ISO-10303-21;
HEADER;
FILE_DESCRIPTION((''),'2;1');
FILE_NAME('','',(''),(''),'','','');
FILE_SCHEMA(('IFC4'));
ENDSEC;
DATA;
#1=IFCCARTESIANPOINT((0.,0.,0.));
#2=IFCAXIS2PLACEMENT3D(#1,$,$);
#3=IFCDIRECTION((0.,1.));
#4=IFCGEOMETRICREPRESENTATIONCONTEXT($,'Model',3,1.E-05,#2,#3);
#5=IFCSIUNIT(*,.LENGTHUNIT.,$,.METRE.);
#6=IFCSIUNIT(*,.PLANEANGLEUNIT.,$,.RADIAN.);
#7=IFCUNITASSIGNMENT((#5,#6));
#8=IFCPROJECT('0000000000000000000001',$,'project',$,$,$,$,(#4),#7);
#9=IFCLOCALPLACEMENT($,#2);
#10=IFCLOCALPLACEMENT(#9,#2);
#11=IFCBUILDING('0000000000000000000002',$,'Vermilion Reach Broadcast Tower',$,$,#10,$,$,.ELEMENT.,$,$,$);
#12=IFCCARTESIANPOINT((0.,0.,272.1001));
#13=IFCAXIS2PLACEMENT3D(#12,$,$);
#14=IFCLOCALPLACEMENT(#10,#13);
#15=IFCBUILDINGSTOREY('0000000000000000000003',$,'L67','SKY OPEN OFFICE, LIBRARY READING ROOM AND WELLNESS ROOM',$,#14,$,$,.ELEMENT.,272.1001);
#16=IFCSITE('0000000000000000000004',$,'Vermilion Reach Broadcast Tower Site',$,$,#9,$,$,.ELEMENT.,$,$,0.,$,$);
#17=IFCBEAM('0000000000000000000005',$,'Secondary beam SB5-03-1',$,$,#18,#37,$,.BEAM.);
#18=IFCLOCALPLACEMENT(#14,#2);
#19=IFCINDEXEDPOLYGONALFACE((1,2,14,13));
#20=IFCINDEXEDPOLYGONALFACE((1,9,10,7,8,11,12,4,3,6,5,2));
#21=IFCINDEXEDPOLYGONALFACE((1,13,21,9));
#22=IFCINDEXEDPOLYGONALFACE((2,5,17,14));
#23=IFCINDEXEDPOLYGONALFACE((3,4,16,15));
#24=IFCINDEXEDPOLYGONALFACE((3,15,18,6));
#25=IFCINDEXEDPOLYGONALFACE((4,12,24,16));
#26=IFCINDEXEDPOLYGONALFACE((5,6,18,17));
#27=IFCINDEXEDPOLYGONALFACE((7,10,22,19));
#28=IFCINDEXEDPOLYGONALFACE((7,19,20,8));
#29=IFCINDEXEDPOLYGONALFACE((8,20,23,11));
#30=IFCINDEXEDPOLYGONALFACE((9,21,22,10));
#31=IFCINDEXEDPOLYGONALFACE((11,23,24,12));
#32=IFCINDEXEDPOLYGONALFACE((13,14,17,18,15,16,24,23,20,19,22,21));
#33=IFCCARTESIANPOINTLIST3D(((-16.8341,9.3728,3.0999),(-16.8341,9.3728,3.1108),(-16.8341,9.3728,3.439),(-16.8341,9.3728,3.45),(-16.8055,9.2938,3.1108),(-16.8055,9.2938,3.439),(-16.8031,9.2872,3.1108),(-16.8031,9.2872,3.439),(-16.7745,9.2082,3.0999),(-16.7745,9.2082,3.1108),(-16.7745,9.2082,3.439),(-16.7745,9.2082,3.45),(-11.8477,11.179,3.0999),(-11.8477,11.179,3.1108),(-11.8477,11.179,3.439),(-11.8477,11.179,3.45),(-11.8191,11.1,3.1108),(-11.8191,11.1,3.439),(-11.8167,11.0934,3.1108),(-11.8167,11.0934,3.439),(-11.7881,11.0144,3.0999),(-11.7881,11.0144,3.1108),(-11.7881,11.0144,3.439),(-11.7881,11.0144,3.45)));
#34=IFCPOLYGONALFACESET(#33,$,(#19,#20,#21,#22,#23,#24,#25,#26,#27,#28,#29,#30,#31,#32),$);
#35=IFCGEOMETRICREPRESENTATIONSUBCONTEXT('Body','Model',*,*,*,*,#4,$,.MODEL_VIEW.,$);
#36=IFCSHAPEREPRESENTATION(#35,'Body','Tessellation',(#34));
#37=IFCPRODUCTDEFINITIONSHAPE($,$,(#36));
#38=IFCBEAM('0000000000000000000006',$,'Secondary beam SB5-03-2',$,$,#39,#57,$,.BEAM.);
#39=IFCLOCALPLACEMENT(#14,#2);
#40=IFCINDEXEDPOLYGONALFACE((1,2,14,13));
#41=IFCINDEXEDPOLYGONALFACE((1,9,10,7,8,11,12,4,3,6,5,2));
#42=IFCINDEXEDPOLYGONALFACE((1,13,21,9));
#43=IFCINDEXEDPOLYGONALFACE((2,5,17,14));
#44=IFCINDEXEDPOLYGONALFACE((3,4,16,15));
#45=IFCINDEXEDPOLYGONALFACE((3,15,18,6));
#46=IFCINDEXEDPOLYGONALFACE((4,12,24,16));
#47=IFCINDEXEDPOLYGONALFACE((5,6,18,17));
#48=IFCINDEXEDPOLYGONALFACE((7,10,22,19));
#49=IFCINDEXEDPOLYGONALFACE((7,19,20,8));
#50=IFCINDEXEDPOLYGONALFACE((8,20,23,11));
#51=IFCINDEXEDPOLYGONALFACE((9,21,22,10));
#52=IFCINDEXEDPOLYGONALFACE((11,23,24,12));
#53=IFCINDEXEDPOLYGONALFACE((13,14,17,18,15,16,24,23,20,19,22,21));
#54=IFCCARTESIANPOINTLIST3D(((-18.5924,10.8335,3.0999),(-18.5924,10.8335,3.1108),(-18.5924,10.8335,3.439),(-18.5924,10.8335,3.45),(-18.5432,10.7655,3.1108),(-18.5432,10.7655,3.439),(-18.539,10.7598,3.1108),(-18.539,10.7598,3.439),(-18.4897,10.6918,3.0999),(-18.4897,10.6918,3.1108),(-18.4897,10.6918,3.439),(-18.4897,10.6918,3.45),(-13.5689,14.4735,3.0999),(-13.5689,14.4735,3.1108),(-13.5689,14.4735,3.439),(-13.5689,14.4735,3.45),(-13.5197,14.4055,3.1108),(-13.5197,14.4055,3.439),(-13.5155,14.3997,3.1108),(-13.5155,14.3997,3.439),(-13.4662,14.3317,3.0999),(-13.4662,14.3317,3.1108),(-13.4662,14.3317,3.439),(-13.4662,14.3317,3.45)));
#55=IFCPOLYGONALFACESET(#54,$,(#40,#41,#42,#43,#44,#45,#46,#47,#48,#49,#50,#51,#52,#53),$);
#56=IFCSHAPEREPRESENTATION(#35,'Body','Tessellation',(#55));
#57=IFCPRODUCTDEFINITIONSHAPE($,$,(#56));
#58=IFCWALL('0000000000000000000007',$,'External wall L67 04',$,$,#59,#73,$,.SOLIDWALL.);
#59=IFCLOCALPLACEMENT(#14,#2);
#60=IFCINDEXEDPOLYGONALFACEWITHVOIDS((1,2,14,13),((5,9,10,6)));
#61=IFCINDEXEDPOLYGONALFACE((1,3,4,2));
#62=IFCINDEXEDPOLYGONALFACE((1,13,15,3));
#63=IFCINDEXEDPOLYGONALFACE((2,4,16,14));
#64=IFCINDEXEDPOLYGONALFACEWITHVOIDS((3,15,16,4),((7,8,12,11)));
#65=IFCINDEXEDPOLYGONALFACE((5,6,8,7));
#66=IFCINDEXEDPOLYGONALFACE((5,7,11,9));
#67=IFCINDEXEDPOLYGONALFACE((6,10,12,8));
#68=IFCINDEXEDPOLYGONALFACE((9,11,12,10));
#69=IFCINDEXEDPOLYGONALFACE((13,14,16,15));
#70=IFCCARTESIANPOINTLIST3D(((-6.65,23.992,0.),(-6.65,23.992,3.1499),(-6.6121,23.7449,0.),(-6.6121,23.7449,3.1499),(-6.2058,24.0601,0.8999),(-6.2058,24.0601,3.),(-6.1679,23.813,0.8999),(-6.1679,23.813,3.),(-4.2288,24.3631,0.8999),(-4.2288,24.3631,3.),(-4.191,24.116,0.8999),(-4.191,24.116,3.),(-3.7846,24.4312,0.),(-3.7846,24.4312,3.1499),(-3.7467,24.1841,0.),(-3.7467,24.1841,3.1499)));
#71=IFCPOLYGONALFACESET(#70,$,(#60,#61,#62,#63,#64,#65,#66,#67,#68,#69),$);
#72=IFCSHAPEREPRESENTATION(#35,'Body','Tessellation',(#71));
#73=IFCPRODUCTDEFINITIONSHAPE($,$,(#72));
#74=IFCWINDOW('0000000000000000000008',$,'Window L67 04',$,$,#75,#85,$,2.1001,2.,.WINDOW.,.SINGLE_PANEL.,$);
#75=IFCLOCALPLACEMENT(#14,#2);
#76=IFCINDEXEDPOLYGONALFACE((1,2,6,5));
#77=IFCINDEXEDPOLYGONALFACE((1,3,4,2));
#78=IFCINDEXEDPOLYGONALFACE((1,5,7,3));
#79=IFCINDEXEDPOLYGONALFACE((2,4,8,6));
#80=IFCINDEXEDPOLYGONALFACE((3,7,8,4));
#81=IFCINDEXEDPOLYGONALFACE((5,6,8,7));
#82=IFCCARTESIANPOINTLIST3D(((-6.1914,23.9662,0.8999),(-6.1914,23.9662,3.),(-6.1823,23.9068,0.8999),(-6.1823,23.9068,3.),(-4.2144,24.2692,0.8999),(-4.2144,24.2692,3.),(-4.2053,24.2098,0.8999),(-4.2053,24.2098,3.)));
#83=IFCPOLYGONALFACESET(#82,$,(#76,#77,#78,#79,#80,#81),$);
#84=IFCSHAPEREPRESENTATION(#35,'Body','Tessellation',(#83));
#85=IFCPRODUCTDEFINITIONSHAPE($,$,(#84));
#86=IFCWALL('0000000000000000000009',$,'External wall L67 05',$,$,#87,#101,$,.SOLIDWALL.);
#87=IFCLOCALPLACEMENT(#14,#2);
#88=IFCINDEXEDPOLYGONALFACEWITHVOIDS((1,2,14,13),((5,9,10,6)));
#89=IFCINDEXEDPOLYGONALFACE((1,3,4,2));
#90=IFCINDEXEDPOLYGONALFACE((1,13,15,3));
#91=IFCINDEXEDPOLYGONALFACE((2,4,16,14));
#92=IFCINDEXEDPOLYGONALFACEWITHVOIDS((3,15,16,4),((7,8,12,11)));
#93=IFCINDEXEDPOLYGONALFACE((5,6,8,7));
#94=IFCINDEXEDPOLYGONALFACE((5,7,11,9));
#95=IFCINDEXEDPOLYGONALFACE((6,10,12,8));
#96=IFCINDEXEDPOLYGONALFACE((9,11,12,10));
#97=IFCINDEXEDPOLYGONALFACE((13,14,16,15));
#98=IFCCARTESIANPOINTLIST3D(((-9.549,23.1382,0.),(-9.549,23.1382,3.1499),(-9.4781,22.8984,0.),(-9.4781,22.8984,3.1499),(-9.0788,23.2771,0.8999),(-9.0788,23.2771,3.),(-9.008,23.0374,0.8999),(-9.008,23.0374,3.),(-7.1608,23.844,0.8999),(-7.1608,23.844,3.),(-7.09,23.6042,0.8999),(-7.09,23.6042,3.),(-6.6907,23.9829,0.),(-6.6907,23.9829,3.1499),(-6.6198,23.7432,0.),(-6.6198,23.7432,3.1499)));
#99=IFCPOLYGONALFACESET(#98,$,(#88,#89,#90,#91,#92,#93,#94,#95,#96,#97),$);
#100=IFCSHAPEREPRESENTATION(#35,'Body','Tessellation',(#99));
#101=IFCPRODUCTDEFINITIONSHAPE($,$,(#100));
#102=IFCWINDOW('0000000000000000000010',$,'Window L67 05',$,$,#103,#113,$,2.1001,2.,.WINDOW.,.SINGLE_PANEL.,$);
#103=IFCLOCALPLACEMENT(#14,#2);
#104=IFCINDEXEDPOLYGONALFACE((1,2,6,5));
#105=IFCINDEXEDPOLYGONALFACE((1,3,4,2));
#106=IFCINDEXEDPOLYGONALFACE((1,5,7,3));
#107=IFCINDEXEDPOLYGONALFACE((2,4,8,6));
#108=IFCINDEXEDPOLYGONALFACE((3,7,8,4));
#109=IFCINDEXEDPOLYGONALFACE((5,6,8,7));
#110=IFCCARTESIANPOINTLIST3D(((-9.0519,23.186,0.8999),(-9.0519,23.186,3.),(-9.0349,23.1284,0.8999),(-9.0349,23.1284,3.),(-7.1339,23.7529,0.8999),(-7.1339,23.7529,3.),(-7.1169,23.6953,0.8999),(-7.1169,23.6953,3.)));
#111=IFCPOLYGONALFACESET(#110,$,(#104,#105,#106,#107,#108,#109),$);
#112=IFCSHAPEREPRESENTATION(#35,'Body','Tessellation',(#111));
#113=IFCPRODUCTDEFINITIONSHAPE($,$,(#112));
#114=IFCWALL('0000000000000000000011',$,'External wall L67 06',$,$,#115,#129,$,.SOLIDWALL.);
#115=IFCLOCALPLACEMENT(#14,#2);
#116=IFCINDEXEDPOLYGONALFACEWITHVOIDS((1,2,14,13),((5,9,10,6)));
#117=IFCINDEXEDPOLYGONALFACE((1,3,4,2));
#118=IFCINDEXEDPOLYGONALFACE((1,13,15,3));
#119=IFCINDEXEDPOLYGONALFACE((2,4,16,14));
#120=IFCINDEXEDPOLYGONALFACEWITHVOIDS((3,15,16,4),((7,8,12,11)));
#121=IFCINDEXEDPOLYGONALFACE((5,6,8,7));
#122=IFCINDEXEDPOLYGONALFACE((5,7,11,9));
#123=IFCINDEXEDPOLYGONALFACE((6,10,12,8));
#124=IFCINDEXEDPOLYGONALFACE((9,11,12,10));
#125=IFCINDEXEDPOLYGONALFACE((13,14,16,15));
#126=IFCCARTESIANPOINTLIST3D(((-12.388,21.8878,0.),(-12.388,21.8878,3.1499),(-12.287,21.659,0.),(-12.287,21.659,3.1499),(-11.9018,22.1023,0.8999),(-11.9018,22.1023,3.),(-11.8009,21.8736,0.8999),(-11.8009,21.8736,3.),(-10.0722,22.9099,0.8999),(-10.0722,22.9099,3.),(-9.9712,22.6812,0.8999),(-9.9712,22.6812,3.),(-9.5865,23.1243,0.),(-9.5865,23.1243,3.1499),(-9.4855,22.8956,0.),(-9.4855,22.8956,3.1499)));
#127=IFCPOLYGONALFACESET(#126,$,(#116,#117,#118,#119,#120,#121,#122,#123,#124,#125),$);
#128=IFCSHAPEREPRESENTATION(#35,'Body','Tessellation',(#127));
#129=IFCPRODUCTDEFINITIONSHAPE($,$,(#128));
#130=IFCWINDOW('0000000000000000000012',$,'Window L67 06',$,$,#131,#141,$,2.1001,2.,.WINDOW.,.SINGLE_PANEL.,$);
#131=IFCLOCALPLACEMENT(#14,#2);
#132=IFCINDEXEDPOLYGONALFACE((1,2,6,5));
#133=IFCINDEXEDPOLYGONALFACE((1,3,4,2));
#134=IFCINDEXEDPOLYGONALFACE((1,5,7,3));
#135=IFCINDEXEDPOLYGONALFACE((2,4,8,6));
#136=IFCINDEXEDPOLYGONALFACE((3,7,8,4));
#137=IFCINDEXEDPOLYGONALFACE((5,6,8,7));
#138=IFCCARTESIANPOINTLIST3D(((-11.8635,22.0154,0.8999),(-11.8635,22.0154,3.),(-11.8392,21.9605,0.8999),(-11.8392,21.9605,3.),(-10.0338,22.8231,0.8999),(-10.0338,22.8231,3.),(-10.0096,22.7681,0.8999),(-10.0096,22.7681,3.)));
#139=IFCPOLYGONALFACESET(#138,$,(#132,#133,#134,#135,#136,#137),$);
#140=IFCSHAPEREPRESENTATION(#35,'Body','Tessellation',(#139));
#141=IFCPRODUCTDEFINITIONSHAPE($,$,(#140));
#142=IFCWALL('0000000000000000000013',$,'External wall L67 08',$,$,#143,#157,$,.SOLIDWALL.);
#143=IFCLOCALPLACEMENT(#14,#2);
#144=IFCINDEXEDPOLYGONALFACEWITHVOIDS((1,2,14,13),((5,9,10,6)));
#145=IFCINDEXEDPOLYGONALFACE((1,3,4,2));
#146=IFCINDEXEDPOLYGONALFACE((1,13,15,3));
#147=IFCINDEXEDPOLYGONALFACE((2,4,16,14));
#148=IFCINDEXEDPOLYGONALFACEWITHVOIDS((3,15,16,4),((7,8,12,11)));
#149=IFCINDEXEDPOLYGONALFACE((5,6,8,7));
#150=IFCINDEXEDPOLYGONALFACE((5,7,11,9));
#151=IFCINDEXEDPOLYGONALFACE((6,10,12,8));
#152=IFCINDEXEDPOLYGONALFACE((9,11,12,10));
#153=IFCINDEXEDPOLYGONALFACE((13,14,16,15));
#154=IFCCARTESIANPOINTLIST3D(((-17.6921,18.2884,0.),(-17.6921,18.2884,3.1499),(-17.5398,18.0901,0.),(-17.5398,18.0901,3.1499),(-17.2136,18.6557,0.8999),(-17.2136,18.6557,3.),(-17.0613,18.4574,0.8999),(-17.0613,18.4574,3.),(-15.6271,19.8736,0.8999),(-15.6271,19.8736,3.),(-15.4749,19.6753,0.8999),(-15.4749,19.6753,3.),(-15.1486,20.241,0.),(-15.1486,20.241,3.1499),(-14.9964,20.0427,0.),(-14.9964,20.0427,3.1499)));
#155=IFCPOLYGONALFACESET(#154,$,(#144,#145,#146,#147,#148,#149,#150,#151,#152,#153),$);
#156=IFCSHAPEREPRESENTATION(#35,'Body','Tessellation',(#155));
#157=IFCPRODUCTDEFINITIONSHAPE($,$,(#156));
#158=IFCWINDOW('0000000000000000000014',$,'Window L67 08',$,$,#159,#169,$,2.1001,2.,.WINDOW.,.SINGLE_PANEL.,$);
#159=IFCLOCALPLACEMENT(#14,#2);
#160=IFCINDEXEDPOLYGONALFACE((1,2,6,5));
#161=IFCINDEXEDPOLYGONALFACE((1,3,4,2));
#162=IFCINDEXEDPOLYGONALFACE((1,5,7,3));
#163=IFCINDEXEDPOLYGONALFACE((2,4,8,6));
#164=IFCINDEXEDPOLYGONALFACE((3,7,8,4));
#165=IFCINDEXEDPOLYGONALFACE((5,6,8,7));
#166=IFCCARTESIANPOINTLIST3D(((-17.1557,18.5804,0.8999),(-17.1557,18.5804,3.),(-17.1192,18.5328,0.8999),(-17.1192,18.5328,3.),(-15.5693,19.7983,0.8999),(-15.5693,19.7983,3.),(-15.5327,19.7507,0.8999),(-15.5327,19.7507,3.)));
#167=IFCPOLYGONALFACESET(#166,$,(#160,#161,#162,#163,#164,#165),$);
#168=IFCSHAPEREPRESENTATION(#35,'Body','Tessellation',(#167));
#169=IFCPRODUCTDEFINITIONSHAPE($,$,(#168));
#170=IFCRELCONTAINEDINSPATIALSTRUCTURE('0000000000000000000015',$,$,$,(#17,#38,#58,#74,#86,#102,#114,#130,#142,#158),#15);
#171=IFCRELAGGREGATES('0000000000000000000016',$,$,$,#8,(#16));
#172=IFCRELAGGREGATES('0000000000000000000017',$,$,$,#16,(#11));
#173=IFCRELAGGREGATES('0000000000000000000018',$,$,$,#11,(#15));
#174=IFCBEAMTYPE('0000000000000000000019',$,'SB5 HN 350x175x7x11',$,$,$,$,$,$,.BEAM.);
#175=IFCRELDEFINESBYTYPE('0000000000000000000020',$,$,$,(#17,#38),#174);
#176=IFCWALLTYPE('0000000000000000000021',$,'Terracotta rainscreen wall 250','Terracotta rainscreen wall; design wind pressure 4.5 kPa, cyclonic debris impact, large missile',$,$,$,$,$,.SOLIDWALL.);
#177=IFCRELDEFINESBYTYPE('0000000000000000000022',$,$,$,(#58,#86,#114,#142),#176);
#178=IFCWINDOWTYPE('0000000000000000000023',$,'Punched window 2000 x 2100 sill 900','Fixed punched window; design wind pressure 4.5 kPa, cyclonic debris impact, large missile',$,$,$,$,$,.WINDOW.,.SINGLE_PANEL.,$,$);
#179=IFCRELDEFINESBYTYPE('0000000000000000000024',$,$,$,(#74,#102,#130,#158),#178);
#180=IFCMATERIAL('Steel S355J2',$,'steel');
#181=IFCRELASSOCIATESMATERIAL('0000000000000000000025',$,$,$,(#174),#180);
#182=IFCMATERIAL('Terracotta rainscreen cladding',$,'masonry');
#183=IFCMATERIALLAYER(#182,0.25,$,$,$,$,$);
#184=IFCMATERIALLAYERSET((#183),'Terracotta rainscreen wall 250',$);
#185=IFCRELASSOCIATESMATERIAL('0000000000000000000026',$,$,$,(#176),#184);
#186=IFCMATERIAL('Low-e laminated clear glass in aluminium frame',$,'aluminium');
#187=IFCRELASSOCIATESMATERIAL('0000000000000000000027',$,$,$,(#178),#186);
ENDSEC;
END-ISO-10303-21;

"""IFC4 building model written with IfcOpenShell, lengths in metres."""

from ifc_helpers import new_model, si_unit, direction, frame, frame_2d, origin, origin_2d, place, context, subcontext, project, spatial, rectangle, i_section, extrude, material, layer, layer_set, material_profile, profile_set, type_object, element, fill, save


model = new_model("IFC4")

# Units and contexts
model_context = context("Model", 3, precision=1e-05, world=origin(), true_north=direction((0.0, 1.0)))
body_context = subcontext(model_context, "Body", "Model", "MODEL_VIEW")
ifc_project = project(units=[si_unit("LENGTHUNIT", "METRE"), si_unit("PLANEANGLEUNIT", "RADIAN")], contexts=[model_context])

# Site, building, storey
site_placement = place(None, origin())
site = spatial("IfcSite", under=ifc_project, at=site_placement, Name="Vermilion Reach Broadcast Tower Site", CompositionType="ELEMENT", RefElevation=0.0)
building_placement = place(site_placement, origin())
building = spatial("IfcBuilding", under=site, at=building_placement, Name="Vermilion Reach Broadcast Tower", CompositionType="ELEMENT")
storey_placement = place(building_placement, frame((0.0, 0.0, 272.1001)))
storey = spatial("IfcBuildingStorey", under=building, at=storey_placement, Name="L67", Description="SKY OPEN OFFICE, LIBRARY READING ROOM AND WELLNESS ROOM", CompositionType="ELEMENT", Elevation=272.1001)

# Beams
ifc_material_1 = material(Name="Steel S355J2", Category="steel")
ifc_material_profile_1 = material_profile(ifc_material_1, i_section(OverallWidth=0.175, OverallDepth=0.3501, WebThickness=0.0071, FlangeThickness=0.011, at=origin_2d()), Name="S355J2 HN 350x175x7x11")
ifc_profile_set_1 = profile_set([ifc_material_profile_1], Name="Steel S355J2")
beam_type_1 = type_object("IfcBeamType", Name="SB5 HN 350x175x7x11", PredefinedType="BEAM", material=ifc_profile_set_1)
beam_1_placement = place(storey_placement, frame((-11.8179, 11.0967, 3.2749), z_axis=(-0.94022, -0.340567, 0.0), x_axis=(0.340567, -0.94022, 0.0)))
element("IfcBeam", 1, at=beam_1_placement, inside=storey, type_object=beam_type_1, Name="Secondary beam SB5-03-1", PredefinedType="BEAM", context=body_context, shape_type="SweptSolid", body=[
    extrude(i_section(OverallWidth=0.175, OverallDepth=0.3501, WebThickness=0.0071, FlangeThickness=0.011, at=origin_2d()), origin(), (0.0, 0.0, 1.0), 5.3035),
])
beam_2_placement = place(storey_placement, frame((-13.5176, 14.4026, 3.2749), z_axis=(-0.809771, -0.586746, 0.0), x_axis=(0.586746, -0.809771, 0.0)))
element("IfcBeam", 2, at=beam_2_placement, inside=storey, type_object=beam_type_1, Name="Secondary beam SB5-03-2", PredefinedType="BEAM", context=body_context, shape_type="SweptSolid", body=[
    extrude(i_section(OverallWidth=0.175, OverallDepth=0.3501, WebThickness=0.0071, FlangeThickness=0.011, at=origin_2d()), origin(), (0.0, 0.0, 1.0), 6.2036),
])

# Walls, openings, windows
ifc_material_2 = material(Name="Terracotta rainscreen cladding", Category="masonry")
ifc_layer = layer(ifc_material_2, 0.25)
ifc_layer_set = layer_set([ifc_layer], Name="Terracotta rainscreen wall 250")
wall_type = type_object("IfcWallType", Name="Terracotta rainscreen wall 250", Description="Terracotta rainscreen wall; design wind pressure 4.5 kPa, cyclonic debris impact, large missile", PredefinedType="SOLIDWALL", material=ifc_layer_set)
wall_1_placement = place(storey_placement, frame((-3.7656, 24.3076, 0.0), z_axis=(0.0, 0.0, 1.0), x_axis=(-0.988456, -0.151507, 0.0)))
wall_1 = element("IfcWall", 3, at=wall_1_placement, inside=storey, type_object=wall_type, Name="External wall L67 04", PredefinedType="SOLIDWALL", context=body_context, shape_type="SweptSolid", body=[
    extrude(rectangle(XDim=2.8989, YDim=0.25, at=frame_2d((1.4495, 0.0))), origin(), (0.0, 0.0, 1.0), 3.1499),
])
opening_1_placement = place(wall_1_placement, frame((0.4495, 0.0, 0.8999)))
opening_1 = element("IfcOpeningElement", 4, at=opening_1_placement, cuts=wall_1, PredefinedType="OPENING", context=body_context, shape_type="SweptSolid", body=[
    extrude(rectangle(XDim=2.0, YDim=2.1001, at=frame_2d((1.0, 1.05))), frame((0.0, 0.135, 0.0), z_axis=(0.0, -1.0, 0.0), x_axis=(1.0, 0.0, 0.0)), (0.0, 0.0, 1.0), 0.27),
])
ifc_material_3 = material(Name="Low-e laminated clear glass in aluminium frame", Category="aluminium")
window_type = type_object("IfcWindowType", Name="Punched window 2000 x 2100 sill 900", Description="Fixed punched window; design wind pressure 4.5 kPa, cyclonic debris impact, large missile", PartitioningType="SINGLE_PANEL", PredefinedType="WINDOW", material=ifc_material_3)
window_1_placement = place(opening_1_placement, origin())
window_1 = element("IfcWindow", 5, at=window_1_placement, inside=storey, type_object=window_type, Name="Window L67 04", OverallHeight=2.1001, OverallWidth=2.0, PartitioningType="SINGLE_PANEL", PredefinedType="WINDOW", context=body_context, shape_type="SweptSolid", body=[
    extrude(rectangle(XDim=2.0, YDim=2.1001, at=frame_2d((1.0, 1.05))), frame((0.0, 0.03, 0.0), z_axis=(0.0, -1.0, 0.0), x_axis=(1.0, 0.0, 0.0)), (0.0, 0.0, 1.0), 0.0601),
])
fill(opening_1, window_1)
wall_2_placement = place(storey_placement, frame((-6.6553, 23.863, 0.0), z_axis=(0.0, 0.0, 1.0), x_axis=(-0.958993, -0.28343, 0.0)))
wall_2 = element("IfcWall", 6, at=wall_2_placement, inside=storey, type_object=wall_type, Name="External wall L67 05", PredefinedType="SOLIDWALL", context=body_context, shape_type="SweptSolid", body=[
    extrude(rectangle(XDim=2.9805, YDim=0.25, at=frame_2d((1.4902, 0.0))), origin(), (0.0, 0.0, 1.0), 3.1499),
])
opening_2_placement = place(wall_2_placement, frame((0.4902, 0.0, 0.8999)))
opening_2 = element("IfcOpeningElement", 7, at=opening_2_placement, cuts=wall_2, PredefinedType="OPENING", context=body_context, shape_type="SweptSolid", body=[
    extrude(rectangle(XDim=2.0, YDim=2.1001, at=frame_2d((1.0, 1.05))), frame((0.0, 0.135, 0.0), z_axis=(0.0, -1.0, 0.0), x_axis=(1.0, 0.0, 0.0)), (0.0, 0.0, 1.0), 0.27),
])
window_2_placement = place(opening_2_placement, origin())
window_2 = element("IfcWindow", 8, at=window_2_placement, inside=storey, type_object=window_type, Name="Window L67 05", OverallHeight=2.1001, OverallWidth=2.0, PartitioningType="SINGLE_PANEL", PredefinedType="WINDOW", context=body_context, shape_type="SweptSolid", body=[
    extrude(rectangle(XDim=2.0, YDim=2.1001, at=frame_2d((1.0, 1.05))), frame((0.0, 0.03, 0.0), z_axis=(0.0, -1.0, 0.0), x_axis=(1.0, 0.0, 0.0)), (0.0, 0.0, 1.0), 0.0601),
])
fill(opening_2, window_2)
wall_3_placement = place(storey_placement, frame((-9.5359, 23.01, 0.0), z_axis=(0.0, 0.0, 1.0), x_axis=(-0.914844, -0.403807, 0.0)))
wall_3 = element("IfcWall", 9, at=wall_3_placement, inside=storey, type_object=wall_type, Name="External wall L67 06", PredefinedType="SOLIDWALL", context=body_context, shape_type="SweptSolid", body=[
    extrude(rectangle(XDim=3.0623, YDim=0.25, at=frame_2d((1.5312, 0.0))), origin(), (0.0, 0.0, 1.0), 3.1499),
])
opening_3_placement = place(wall_3_placement, frame((0.531, 0.0, 0.8999)))
opening_3 = element("IfcOpeningElement", 10, at=opening_3_placement, cuts=wall_3, PredefinedType="OPENING", context=body_context, shape_type="SweptSolid", body=[
    extrude(rectangle(XDim=2.0, YDim=2.1001, at=frame_2d((1.0, 1.05))), frame((0.0, 0.135, 0.0), z_axis=(0.0, -1.0, 0.0), x_axis=(1.0, 0.0, 0.0)), (0.0, 0.0, 1.0), 0.27),
])
window_3_placement = place(opening_3_placement, origin())
window_3 = element("IfcWindow", 11, at=window_3_placement, inside=storey, type_object=window_type, Name="Window L67 06", OverallHeight=2.1001, OverallWidth=2.0, PartitioningType="SINGLE_PANEL", PredefinedType="WINDOW", context=body_context, shape_type="SweptSolid", body=[
    extrude(rectangle(XDim=2.0, YDim=2.1001, at=frame_2d((1.0, 1.05))), frame((0.0, 0.03, 0.0), z_axis=(0.0, -1.0, 0.0), x_axis=(1.0, 0.0, 0.0)), (0.0, 0.0, 1.0), 0.0601),
])
fill(opening_3, window_3)

# Wall, opening, window
wall_4_placement = place(storey_placement, frame((-15.0725, 20.1418, 0.0), z_axis=(0.0, 0.0, 1.0), x_axis=(-0.793207, -0.608952, 0.0)))
wall_4 = element("IfcWall", 12, at=wall_4_placement, inside=storey, type_object=wall_type, Name="External wall L67 08", PredefinedType="SOLIDWALL", context=body_context, shape_type="SweptSolid", body=[
    extrude(rectangle(XDim=3.2065, YDim=0.25, at=frame_2d((1.6033, 0.0))), origin(), (0.0, 0.0, 1.0), 3.1499),
])
opening_4_placement = place(wall_4_placement, frame((0.6033, 0.0, 0.8999)))
opening_4 = element("IfcOpeningElement", 13, at=opening_4_placement, cuts=wall_4, PredefinedType="OPENING", context=body_context, shape_type="SweptSolid", body=[
    extrude(rectangle(XDim=2.0, YDim=2.1001, at=frame_2d((1.0, 1.05))), frame((0.0, 0.135, 0.0), z_axis=(0.0, -1.0, 0.0), x_axis=(1.0, 0.0, 0.0)), (0.0, 0.0, 1.0), 0.27),
])
window_4_placement = place(opening_4_placement, origin())
window_4 = element("IfcWindow", 14, at=window_4_placement, inside=storey, type_object=window_type, Name="Window L67 08", OverallHeight=2.1001, OverallWidth=2.0, PartitioningType="SINGLE_PANEL", PredefinedType="WINDOW", context=body_context, shape_type="SweptSolid", body=[
    extrude(rectangle(XDim=2.0, YDim=2.1001, at=frame_2d((1.0, 1.05))), frame((0.0, 0.03, 0.0), z_axis=(0.0, -1.0, 0.0), x_axis=(1.0, 0.0, 0.0)), (0.0, 0.0, 1.0), 0.0601),
])
fill(opening_4, window_4)

save(model, "model.ifc")
